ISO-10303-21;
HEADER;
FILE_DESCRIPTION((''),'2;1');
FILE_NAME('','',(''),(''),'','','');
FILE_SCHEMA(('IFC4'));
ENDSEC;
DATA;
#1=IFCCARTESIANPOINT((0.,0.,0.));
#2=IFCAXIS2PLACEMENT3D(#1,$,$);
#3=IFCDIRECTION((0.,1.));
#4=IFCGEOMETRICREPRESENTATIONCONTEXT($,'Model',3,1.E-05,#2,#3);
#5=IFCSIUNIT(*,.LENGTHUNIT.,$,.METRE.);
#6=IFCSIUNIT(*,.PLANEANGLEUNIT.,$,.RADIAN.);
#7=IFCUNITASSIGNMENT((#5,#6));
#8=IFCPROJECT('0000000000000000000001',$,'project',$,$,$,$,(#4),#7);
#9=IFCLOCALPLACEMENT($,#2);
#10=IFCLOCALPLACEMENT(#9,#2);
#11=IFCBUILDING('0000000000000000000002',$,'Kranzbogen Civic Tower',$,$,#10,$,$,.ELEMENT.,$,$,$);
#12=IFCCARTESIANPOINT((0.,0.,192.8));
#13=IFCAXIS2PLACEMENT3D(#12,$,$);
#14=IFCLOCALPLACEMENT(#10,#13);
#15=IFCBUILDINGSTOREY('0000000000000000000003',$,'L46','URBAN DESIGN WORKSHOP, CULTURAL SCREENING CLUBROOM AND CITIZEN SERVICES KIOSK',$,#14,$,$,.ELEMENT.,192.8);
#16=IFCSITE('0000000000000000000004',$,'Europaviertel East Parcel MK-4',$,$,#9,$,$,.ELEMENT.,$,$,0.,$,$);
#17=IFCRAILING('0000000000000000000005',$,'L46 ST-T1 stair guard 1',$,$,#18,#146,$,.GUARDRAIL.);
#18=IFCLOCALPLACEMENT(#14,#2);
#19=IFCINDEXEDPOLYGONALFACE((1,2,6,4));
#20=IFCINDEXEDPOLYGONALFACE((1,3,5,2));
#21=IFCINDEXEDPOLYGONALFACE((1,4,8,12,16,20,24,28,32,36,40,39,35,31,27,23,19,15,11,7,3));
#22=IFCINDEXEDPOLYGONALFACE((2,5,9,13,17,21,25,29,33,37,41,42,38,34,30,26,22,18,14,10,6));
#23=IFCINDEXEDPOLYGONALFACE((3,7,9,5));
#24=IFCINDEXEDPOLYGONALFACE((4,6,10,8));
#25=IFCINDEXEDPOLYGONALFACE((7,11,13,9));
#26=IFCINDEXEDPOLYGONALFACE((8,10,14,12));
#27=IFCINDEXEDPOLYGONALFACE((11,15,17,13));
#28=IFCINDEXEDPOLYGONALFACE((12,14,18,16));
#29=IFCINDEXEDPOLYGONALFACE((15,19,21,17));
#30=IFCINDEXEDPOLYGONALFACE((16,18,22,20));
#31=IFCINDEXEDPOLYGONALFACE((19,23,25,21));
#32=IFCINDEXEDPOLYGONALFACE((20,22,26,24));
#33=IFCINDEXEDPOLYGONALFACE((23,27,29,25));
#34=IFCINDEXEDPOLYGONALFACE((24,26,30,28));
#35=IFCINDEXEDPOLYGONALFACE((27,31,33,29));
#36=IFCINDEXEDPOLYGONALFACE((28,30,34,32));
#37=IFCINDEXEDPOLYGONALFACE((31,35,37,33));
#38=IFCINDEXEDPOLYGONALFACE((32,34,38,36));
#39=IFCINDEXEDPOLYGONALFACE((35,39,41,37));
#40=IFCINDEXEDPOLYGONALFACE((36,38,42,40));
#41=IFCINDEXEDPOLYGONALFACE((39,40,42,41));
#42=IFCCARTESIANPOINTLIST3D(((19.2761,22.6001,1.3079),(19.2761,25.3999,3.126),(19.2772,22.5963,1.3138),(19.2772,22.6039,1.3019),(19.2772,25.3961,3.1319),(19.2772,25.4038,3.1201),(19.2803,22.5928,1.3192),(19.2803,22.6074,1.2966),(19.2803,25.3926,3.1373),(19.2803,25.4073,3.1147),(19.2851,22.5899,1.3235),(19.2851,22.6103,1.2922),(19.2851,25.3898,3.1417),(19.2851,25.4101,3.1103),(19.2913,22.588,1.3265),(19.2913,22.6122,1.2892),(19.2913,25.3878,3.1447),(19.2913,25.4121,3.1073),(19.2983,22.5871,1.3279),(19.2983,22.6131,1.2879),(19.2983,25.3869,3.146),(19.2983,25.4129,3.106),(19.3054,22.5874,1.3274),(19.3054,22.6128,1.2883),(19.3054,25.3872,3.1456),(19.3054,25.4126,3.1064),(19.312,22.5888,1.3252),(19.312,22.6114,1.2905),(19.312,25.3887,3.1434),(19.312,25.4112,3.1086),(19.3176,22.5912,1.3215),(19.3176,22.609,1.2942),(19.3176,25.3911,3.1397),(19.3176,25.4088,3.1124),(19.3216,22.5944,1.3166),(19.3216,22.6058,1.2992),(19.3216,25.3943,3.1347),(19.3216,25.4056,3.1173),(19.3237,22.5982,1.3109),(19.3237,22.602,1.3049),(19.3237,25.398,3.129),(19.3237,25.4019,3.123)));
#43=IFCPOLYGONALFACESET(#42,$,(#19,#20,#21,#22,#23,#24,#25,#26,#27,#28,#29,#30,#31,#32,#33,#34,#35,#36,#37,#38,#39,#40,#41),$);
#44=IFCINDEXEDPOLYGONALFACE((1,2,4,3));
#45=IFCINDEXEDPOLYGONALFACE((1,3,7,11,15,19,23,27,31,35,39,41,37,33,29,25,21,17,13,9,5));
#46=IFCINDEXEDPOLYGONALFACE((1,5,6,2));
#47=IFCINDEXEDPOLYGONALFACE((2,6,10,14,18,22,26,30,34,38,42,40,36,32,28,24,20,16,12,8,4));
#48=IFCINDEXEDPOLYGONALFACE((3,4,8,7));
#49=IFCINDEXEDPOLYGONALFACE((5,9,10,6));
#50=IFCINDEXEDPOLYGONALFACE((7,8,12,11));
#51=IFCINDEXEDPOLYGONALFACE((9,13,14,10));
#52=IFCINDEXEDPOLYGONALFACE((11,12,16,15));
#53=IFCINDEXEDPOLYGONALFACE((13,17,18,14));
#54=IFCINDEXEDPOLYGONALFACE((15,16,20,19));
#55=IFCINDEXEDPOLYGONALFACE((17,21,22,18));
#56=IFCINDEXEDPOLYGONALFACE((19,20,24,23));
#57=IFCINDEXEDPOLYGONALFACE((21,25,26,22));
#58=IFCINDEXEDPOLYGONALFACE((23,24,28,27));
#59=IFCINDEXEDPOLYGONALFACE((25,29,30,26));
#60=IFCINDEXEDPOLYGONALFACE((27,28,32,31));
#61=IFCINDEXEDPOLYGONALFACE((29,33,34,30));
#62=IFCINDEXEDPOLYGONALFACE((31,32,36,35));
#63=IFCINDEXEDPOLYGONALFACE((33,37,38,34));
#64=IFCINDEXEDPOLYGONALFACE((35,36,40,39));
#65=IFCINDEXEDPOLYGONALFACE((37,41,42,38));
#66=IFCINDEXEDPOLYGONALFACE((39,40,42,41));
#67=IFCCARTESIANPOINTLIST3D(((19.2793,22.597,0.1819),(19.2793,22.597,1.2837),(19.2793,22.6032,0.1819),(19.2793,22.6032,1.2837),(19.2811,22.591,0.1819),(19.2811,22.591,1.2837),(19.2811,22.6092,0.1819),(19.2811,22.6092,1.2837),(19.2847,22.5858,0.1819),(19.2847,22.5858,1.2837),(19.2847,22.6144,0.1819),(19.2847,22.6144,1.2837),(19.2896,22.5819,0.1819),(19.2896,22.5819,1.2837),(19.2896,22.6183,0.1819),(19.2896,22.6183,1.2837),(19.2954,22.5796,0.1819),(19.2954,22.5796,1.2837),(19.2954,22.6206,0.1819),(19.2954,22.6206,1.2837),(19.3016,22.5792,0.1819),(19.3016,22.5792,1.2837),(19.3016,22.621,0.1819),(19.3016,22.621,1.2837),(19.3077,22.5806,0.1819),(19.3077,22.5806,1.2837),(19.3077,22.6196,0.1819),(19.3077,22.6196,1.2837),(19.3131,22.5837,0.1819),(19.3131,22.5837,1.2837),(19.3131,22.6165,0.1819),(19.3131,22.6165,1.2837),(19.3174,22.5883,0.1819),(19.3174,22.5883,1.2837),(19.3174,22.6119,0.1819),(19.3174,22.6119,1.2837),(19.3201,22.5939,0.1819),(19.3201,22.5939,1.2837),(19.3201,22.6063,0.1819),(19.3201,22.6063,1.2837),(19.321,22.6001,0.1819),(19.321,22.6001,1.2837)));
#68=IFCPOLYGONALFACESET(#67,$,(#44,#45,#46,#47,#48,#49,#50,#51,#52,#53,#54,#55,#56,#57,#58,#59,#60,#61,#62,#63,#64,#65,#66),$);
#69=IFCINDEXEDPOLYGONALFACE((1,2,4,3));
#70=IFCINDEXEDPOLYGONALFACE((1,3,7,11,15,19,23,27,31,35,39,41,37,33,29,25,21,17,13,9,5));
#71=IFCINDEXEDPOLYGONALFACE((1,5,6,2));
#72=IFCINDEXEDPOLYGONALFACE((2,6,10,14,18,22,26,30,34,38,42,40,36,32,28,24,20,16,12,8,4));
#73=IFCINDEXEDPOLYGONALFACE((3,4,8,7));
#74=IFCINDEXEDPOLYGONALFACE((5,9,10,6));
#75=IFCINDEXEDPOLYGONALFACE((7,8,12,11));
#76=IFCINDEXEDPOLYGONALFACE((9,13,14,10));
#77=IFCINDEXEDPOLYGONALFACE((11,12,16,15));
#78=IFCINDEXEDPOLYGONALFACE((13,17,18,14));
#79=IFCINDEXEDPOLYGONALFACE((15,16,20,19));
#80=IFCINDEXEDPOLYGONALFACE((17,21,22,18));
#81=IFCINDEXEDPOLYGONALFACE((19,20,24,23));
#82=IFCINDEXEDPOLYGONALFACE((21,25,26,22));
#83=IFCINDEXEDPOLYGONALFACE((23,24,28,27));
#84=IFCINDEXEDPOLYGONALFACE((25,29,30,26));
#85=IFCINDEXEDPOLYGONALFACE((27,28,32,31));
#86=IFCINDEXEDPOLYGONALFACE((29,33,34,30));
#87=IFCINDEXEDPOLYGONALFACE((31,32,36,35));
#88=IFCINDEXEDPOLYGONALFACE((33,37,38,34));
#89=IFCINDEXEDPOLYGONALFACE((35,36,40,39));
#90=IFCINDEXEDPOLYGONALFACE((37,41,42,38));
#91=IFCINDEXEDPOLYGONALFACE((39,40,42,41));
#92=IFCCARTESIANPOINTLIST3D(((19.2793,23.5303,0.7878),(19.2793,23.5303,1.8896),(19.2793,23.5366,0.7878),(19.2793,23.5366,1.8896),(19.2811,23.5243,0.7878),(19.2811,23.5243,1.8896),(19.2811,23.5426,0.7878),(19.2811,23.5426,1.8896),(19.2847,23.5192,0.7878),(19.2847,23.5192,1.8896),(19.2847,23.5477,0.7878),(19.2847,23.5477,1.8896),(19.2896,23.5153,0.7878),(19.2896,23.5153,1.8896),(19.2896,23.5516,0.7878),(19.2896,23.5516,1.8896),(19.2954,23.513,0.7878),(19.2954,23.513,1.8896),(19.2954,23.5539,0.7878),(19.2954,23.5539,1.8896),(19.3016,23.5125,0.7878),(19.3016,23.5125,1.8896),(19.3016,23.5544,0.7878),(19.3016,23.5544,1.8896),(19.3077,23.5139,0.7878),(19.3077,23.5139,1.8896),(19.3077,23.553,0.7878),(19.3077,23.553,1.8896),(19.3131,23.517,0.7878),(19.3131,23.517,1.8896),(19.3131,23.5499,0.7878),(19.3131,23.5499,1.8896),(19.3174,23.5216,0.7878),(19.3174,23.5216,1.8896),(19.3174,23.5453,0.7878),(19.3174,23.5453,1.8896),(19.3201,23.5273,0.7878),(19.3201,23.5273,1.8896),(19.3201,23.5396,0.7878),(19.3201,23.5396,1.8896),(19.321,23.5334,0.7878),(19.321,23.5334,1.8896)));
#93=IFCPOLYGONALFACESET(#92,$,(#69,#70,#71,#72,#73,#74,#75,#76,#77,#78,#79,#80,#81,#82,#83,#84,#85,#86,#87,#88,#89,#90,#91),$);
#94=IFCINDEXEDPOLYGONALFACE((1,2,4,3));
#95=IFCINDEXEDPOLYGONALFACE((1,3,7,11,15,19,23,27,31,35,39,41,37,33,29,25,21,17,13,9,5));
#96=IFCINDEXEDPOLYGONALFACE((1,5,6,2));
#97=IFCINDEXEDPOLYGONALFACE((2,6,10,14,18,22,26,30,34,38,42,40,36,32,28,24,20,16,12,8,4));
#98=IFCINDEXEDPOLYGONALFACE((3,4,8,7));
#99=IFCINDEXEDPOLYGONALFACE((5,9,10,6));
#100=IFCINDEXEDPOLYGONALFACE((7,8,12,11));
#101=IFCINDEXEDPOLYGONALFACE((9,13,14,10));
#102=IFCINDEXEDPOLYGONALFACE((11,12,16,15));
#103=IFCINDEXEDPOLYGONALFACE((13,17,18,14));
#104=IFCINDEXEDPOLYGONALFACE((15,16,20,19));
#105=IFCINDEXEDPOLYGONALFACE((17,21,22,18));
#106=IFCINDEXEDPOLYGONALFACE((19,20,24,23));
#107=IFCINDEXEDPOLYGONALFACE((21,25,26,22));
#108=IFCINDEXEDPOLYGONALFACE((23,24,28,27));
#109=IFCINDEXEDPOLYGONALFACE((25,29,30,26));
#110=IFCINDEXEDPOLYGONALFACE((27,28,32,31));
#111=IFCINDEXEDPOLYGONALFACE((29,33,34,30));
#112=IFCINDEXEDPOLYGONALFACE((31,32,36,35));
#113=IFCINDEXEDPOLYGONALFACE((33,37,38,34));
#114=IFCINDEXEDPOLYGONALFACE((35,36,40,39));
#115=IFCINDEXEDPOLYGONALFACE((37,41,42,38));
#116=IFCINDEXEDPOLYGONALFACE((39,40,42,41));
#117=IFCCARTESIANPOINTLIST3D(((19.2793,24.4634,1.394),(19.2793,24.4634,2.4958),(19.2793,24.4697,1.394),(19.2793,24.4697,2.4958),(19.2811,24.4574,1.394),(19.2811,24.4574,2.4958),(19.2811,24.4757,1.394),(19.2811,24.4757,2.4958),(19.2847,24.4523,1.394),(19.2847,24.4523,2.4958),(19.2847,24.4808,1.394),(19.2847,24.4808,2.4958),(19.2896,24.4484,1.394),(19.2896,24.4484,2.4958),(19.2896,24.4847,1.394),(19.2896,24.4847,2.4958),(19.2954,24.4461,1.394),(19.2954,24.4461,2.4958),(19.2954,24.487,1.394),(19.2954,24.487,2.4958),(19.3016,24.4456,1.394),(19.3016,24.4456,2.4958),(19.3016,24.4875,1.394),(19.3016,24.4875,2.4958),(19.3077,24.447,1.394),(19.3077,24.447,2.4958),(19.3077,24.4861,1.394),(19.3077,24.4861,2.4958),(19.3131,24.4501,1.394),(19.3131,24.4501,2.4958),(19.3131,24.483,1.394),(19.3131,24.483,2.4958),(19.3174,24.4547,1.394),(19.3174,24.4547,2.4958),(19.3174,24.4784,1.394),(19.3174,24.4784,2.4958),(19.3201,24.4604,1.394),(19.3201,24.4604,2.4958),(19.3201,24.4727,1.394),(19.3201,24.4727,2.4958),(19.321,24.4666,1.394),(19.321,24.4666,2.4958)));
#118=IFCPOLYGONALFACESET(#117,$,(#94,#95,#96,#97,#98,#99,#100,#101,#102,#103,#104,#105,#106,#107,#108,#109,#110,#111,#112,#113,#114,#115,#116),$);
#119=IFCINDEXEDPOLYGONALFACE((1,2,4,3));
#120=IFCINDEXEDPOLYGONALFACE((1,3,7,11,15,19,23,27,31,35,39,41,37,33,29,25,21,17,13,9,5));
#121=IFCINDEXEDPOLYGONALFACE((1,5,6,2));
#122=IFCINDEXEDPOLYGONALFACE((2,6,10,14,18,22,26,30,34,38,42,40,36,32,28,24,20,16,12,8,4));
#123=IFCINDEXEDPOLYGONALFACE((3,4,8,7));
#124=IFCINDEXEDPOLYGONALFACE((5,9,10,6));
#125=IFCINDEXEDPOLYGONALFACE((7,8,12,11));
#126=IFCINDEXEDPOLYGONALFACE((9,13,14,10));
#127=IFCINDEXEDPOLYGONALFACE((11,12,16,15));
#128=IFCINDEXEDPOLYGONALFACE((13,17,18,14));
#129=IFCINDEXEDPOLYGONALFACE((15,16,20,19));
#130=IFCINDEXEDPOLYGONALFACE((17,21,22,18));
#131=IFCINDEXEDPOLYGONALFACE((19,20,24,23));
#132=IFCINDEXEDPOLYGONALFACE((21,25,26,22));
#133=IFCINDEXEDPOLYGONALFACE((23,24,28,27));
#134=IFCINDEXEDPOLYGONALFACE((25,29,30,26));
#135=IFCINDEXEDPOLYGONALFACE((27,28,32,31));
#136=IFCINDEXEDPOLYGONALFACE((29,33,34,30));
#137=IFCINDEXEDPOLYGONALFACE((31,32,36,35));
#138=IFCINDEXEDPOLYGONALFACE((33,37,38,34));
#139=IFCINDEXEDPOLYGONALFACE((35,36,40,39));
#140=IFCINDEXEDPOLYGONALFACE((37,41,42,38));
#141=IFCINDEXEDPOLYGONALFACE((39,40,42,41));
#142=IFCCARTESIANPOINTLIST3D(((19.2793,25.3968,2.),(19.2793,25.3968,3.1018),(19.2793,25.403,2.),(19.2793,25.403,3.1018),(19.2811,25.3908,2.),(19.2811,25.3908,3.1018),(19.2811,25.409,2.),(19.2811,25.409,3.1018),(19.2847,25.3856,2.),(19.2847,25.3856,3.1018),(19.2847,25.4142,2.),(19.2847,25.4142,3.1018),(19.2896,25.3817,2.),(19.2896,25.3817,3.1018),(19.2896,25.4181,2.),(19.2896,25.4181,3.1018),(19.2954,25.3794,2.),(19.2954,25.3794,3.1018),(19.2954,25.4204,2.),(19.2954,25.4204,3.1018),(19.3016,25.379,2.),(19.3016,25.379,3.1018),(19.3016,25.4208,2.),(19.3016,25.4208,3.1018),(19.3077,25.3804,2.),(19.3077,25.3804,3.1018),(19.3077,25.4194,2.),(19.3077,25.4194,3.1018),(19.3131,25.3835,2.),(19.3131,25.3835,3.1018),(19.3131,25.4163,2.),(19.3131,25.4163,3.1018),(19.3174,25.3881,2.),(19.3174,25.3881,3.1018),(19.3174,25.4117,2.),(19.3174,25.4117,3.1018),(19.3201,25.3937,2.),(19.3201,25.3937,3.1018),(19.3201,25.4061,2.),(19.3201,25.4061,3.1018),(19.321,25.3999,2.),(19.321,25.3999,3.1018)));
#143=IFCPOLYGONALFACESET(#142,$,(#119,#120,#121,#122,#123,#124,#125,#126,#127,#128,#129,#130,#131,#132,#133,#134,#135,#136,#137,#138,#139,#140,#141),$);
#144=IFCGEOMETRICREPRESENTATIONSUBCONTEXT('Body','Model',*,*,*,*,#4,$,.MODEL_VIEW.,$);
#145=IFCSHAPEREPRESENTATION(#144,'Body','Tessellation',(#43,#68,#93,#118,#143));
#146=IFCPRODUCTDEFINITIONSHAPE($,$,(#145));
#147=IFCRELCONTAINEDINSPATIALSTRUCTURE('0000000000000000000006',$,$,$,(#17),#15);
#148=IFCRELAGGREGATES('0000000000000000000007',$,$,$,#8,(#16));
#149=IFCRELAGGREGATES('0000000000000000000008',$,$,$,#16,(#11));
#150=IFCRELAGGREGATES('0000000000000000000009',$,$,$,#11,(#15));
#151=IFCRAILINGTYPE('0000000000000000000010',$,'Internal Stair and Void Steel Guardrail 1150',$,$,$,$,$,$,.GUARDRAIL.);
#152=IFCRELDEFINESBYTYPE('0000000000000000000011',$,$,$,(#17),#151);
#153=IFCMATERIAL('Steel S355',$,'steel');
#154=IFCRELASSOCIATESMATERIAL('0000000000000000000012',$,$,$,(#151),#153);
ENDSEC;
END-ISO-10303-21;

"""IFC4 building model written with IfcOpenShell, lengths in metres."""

from ifc_helpers import new_model, si_unit, direction, frame, origin, origin_2d, place, context, subcontext, project, spatial, circle, extrude, material, type_object, element, save


model = new_model("IFC4")

# Units and contexts
model_context = context("Model", 3, precision=1e-05, world=origin(), true_north=direction((0.0, 1.0)))
body_context = subcontext(model_context, "Body", "Model", "MODEL_VIEW")
ifc_project = project(units=[si_unit("LENGTHUNIT", "METRE"), si_unit("PLANEANGLEUNIT", "RADIAN")], contexts=[model_context])

# Site, building, storey
site_placement = place(None, origin())
site = spatial("IfcSite", under=ifc_project, at=site_placement, Name="Europaviertel East Parcel MK-4", CompositionType="ELEMENT", RefElevation=0.0)
building_placement = place(site_placement, origin())
building = spatial("IfcBuilding", under=site, at=building_placement, Name="Kranzbogen Civic Tower", CompositionType="ELEMENT")
storey_placement = place(building_placement, frame((0.0, 0.0, 192.8)))
storey = spatial("IfcBuildingStorey", under=building, at=storey_placement, Name="L46", Description="URBAN DESIGN WORKSHOP, CULTURAL SCREENING CLUBROOM AND CITIZEN SERVICES KIOSK", CompositionType="ELEMENT", Elevation=192.8)

# Shared definitions
ifc_material_1 = material(Name="Steel S355", Category="steel")

# Railing
railing_type_1 = type_object("IfcRailingType", Name="Internal Stair and Void Steel Guardrail 1150", PredefinedType="GUARDRAIL", material=ifc_material_1)
railing_1_placement = place(storey_placement, frame((19.3, 22.6001, 0.1819)))
element("IfcRailing", 1, at=railing_1_placement, inside=storey, type_object=railing_type_1, Name="L46 ST-T1 stair guard 1", PredefinedType="GUARDRAIL", context=body_context, shape_type="SweptSolid", body=[
    extrude(circle(Radius=0.0239, at=origin_2d()), frame((0.0, 0.0, 1.126), z_axis=(0.0, 0.838684, 0.544618), x_axis=(-1.0, 0.0, 0.0)), (0.0, 0.0, 1.0), 3.3384),
    extrude(circle(Radius=0.021, at=origin_2d()), origin(), (0.0, 0.0, 1.0), 1.1018),
    extrude(circle(Radius=0.021, at=origin_2d()), frame((0.0, 0.9333, 0.606)), (0.0, 0.0, 1.0), 1.1018),
    extrude(circle(Radius=0.021, at=origin_2d()), frame((0.0, 1.8665, 1.2122)), (0.0, 0.0, 1.0), 1.1018),
    extrude(circle(Radius=0.021, at=origin_2d()), frame((0.0, 2.7998, 1.8181)), (0.0, 0.0, 1.0), 1.1018),
])

save(model, "model.ifc")
